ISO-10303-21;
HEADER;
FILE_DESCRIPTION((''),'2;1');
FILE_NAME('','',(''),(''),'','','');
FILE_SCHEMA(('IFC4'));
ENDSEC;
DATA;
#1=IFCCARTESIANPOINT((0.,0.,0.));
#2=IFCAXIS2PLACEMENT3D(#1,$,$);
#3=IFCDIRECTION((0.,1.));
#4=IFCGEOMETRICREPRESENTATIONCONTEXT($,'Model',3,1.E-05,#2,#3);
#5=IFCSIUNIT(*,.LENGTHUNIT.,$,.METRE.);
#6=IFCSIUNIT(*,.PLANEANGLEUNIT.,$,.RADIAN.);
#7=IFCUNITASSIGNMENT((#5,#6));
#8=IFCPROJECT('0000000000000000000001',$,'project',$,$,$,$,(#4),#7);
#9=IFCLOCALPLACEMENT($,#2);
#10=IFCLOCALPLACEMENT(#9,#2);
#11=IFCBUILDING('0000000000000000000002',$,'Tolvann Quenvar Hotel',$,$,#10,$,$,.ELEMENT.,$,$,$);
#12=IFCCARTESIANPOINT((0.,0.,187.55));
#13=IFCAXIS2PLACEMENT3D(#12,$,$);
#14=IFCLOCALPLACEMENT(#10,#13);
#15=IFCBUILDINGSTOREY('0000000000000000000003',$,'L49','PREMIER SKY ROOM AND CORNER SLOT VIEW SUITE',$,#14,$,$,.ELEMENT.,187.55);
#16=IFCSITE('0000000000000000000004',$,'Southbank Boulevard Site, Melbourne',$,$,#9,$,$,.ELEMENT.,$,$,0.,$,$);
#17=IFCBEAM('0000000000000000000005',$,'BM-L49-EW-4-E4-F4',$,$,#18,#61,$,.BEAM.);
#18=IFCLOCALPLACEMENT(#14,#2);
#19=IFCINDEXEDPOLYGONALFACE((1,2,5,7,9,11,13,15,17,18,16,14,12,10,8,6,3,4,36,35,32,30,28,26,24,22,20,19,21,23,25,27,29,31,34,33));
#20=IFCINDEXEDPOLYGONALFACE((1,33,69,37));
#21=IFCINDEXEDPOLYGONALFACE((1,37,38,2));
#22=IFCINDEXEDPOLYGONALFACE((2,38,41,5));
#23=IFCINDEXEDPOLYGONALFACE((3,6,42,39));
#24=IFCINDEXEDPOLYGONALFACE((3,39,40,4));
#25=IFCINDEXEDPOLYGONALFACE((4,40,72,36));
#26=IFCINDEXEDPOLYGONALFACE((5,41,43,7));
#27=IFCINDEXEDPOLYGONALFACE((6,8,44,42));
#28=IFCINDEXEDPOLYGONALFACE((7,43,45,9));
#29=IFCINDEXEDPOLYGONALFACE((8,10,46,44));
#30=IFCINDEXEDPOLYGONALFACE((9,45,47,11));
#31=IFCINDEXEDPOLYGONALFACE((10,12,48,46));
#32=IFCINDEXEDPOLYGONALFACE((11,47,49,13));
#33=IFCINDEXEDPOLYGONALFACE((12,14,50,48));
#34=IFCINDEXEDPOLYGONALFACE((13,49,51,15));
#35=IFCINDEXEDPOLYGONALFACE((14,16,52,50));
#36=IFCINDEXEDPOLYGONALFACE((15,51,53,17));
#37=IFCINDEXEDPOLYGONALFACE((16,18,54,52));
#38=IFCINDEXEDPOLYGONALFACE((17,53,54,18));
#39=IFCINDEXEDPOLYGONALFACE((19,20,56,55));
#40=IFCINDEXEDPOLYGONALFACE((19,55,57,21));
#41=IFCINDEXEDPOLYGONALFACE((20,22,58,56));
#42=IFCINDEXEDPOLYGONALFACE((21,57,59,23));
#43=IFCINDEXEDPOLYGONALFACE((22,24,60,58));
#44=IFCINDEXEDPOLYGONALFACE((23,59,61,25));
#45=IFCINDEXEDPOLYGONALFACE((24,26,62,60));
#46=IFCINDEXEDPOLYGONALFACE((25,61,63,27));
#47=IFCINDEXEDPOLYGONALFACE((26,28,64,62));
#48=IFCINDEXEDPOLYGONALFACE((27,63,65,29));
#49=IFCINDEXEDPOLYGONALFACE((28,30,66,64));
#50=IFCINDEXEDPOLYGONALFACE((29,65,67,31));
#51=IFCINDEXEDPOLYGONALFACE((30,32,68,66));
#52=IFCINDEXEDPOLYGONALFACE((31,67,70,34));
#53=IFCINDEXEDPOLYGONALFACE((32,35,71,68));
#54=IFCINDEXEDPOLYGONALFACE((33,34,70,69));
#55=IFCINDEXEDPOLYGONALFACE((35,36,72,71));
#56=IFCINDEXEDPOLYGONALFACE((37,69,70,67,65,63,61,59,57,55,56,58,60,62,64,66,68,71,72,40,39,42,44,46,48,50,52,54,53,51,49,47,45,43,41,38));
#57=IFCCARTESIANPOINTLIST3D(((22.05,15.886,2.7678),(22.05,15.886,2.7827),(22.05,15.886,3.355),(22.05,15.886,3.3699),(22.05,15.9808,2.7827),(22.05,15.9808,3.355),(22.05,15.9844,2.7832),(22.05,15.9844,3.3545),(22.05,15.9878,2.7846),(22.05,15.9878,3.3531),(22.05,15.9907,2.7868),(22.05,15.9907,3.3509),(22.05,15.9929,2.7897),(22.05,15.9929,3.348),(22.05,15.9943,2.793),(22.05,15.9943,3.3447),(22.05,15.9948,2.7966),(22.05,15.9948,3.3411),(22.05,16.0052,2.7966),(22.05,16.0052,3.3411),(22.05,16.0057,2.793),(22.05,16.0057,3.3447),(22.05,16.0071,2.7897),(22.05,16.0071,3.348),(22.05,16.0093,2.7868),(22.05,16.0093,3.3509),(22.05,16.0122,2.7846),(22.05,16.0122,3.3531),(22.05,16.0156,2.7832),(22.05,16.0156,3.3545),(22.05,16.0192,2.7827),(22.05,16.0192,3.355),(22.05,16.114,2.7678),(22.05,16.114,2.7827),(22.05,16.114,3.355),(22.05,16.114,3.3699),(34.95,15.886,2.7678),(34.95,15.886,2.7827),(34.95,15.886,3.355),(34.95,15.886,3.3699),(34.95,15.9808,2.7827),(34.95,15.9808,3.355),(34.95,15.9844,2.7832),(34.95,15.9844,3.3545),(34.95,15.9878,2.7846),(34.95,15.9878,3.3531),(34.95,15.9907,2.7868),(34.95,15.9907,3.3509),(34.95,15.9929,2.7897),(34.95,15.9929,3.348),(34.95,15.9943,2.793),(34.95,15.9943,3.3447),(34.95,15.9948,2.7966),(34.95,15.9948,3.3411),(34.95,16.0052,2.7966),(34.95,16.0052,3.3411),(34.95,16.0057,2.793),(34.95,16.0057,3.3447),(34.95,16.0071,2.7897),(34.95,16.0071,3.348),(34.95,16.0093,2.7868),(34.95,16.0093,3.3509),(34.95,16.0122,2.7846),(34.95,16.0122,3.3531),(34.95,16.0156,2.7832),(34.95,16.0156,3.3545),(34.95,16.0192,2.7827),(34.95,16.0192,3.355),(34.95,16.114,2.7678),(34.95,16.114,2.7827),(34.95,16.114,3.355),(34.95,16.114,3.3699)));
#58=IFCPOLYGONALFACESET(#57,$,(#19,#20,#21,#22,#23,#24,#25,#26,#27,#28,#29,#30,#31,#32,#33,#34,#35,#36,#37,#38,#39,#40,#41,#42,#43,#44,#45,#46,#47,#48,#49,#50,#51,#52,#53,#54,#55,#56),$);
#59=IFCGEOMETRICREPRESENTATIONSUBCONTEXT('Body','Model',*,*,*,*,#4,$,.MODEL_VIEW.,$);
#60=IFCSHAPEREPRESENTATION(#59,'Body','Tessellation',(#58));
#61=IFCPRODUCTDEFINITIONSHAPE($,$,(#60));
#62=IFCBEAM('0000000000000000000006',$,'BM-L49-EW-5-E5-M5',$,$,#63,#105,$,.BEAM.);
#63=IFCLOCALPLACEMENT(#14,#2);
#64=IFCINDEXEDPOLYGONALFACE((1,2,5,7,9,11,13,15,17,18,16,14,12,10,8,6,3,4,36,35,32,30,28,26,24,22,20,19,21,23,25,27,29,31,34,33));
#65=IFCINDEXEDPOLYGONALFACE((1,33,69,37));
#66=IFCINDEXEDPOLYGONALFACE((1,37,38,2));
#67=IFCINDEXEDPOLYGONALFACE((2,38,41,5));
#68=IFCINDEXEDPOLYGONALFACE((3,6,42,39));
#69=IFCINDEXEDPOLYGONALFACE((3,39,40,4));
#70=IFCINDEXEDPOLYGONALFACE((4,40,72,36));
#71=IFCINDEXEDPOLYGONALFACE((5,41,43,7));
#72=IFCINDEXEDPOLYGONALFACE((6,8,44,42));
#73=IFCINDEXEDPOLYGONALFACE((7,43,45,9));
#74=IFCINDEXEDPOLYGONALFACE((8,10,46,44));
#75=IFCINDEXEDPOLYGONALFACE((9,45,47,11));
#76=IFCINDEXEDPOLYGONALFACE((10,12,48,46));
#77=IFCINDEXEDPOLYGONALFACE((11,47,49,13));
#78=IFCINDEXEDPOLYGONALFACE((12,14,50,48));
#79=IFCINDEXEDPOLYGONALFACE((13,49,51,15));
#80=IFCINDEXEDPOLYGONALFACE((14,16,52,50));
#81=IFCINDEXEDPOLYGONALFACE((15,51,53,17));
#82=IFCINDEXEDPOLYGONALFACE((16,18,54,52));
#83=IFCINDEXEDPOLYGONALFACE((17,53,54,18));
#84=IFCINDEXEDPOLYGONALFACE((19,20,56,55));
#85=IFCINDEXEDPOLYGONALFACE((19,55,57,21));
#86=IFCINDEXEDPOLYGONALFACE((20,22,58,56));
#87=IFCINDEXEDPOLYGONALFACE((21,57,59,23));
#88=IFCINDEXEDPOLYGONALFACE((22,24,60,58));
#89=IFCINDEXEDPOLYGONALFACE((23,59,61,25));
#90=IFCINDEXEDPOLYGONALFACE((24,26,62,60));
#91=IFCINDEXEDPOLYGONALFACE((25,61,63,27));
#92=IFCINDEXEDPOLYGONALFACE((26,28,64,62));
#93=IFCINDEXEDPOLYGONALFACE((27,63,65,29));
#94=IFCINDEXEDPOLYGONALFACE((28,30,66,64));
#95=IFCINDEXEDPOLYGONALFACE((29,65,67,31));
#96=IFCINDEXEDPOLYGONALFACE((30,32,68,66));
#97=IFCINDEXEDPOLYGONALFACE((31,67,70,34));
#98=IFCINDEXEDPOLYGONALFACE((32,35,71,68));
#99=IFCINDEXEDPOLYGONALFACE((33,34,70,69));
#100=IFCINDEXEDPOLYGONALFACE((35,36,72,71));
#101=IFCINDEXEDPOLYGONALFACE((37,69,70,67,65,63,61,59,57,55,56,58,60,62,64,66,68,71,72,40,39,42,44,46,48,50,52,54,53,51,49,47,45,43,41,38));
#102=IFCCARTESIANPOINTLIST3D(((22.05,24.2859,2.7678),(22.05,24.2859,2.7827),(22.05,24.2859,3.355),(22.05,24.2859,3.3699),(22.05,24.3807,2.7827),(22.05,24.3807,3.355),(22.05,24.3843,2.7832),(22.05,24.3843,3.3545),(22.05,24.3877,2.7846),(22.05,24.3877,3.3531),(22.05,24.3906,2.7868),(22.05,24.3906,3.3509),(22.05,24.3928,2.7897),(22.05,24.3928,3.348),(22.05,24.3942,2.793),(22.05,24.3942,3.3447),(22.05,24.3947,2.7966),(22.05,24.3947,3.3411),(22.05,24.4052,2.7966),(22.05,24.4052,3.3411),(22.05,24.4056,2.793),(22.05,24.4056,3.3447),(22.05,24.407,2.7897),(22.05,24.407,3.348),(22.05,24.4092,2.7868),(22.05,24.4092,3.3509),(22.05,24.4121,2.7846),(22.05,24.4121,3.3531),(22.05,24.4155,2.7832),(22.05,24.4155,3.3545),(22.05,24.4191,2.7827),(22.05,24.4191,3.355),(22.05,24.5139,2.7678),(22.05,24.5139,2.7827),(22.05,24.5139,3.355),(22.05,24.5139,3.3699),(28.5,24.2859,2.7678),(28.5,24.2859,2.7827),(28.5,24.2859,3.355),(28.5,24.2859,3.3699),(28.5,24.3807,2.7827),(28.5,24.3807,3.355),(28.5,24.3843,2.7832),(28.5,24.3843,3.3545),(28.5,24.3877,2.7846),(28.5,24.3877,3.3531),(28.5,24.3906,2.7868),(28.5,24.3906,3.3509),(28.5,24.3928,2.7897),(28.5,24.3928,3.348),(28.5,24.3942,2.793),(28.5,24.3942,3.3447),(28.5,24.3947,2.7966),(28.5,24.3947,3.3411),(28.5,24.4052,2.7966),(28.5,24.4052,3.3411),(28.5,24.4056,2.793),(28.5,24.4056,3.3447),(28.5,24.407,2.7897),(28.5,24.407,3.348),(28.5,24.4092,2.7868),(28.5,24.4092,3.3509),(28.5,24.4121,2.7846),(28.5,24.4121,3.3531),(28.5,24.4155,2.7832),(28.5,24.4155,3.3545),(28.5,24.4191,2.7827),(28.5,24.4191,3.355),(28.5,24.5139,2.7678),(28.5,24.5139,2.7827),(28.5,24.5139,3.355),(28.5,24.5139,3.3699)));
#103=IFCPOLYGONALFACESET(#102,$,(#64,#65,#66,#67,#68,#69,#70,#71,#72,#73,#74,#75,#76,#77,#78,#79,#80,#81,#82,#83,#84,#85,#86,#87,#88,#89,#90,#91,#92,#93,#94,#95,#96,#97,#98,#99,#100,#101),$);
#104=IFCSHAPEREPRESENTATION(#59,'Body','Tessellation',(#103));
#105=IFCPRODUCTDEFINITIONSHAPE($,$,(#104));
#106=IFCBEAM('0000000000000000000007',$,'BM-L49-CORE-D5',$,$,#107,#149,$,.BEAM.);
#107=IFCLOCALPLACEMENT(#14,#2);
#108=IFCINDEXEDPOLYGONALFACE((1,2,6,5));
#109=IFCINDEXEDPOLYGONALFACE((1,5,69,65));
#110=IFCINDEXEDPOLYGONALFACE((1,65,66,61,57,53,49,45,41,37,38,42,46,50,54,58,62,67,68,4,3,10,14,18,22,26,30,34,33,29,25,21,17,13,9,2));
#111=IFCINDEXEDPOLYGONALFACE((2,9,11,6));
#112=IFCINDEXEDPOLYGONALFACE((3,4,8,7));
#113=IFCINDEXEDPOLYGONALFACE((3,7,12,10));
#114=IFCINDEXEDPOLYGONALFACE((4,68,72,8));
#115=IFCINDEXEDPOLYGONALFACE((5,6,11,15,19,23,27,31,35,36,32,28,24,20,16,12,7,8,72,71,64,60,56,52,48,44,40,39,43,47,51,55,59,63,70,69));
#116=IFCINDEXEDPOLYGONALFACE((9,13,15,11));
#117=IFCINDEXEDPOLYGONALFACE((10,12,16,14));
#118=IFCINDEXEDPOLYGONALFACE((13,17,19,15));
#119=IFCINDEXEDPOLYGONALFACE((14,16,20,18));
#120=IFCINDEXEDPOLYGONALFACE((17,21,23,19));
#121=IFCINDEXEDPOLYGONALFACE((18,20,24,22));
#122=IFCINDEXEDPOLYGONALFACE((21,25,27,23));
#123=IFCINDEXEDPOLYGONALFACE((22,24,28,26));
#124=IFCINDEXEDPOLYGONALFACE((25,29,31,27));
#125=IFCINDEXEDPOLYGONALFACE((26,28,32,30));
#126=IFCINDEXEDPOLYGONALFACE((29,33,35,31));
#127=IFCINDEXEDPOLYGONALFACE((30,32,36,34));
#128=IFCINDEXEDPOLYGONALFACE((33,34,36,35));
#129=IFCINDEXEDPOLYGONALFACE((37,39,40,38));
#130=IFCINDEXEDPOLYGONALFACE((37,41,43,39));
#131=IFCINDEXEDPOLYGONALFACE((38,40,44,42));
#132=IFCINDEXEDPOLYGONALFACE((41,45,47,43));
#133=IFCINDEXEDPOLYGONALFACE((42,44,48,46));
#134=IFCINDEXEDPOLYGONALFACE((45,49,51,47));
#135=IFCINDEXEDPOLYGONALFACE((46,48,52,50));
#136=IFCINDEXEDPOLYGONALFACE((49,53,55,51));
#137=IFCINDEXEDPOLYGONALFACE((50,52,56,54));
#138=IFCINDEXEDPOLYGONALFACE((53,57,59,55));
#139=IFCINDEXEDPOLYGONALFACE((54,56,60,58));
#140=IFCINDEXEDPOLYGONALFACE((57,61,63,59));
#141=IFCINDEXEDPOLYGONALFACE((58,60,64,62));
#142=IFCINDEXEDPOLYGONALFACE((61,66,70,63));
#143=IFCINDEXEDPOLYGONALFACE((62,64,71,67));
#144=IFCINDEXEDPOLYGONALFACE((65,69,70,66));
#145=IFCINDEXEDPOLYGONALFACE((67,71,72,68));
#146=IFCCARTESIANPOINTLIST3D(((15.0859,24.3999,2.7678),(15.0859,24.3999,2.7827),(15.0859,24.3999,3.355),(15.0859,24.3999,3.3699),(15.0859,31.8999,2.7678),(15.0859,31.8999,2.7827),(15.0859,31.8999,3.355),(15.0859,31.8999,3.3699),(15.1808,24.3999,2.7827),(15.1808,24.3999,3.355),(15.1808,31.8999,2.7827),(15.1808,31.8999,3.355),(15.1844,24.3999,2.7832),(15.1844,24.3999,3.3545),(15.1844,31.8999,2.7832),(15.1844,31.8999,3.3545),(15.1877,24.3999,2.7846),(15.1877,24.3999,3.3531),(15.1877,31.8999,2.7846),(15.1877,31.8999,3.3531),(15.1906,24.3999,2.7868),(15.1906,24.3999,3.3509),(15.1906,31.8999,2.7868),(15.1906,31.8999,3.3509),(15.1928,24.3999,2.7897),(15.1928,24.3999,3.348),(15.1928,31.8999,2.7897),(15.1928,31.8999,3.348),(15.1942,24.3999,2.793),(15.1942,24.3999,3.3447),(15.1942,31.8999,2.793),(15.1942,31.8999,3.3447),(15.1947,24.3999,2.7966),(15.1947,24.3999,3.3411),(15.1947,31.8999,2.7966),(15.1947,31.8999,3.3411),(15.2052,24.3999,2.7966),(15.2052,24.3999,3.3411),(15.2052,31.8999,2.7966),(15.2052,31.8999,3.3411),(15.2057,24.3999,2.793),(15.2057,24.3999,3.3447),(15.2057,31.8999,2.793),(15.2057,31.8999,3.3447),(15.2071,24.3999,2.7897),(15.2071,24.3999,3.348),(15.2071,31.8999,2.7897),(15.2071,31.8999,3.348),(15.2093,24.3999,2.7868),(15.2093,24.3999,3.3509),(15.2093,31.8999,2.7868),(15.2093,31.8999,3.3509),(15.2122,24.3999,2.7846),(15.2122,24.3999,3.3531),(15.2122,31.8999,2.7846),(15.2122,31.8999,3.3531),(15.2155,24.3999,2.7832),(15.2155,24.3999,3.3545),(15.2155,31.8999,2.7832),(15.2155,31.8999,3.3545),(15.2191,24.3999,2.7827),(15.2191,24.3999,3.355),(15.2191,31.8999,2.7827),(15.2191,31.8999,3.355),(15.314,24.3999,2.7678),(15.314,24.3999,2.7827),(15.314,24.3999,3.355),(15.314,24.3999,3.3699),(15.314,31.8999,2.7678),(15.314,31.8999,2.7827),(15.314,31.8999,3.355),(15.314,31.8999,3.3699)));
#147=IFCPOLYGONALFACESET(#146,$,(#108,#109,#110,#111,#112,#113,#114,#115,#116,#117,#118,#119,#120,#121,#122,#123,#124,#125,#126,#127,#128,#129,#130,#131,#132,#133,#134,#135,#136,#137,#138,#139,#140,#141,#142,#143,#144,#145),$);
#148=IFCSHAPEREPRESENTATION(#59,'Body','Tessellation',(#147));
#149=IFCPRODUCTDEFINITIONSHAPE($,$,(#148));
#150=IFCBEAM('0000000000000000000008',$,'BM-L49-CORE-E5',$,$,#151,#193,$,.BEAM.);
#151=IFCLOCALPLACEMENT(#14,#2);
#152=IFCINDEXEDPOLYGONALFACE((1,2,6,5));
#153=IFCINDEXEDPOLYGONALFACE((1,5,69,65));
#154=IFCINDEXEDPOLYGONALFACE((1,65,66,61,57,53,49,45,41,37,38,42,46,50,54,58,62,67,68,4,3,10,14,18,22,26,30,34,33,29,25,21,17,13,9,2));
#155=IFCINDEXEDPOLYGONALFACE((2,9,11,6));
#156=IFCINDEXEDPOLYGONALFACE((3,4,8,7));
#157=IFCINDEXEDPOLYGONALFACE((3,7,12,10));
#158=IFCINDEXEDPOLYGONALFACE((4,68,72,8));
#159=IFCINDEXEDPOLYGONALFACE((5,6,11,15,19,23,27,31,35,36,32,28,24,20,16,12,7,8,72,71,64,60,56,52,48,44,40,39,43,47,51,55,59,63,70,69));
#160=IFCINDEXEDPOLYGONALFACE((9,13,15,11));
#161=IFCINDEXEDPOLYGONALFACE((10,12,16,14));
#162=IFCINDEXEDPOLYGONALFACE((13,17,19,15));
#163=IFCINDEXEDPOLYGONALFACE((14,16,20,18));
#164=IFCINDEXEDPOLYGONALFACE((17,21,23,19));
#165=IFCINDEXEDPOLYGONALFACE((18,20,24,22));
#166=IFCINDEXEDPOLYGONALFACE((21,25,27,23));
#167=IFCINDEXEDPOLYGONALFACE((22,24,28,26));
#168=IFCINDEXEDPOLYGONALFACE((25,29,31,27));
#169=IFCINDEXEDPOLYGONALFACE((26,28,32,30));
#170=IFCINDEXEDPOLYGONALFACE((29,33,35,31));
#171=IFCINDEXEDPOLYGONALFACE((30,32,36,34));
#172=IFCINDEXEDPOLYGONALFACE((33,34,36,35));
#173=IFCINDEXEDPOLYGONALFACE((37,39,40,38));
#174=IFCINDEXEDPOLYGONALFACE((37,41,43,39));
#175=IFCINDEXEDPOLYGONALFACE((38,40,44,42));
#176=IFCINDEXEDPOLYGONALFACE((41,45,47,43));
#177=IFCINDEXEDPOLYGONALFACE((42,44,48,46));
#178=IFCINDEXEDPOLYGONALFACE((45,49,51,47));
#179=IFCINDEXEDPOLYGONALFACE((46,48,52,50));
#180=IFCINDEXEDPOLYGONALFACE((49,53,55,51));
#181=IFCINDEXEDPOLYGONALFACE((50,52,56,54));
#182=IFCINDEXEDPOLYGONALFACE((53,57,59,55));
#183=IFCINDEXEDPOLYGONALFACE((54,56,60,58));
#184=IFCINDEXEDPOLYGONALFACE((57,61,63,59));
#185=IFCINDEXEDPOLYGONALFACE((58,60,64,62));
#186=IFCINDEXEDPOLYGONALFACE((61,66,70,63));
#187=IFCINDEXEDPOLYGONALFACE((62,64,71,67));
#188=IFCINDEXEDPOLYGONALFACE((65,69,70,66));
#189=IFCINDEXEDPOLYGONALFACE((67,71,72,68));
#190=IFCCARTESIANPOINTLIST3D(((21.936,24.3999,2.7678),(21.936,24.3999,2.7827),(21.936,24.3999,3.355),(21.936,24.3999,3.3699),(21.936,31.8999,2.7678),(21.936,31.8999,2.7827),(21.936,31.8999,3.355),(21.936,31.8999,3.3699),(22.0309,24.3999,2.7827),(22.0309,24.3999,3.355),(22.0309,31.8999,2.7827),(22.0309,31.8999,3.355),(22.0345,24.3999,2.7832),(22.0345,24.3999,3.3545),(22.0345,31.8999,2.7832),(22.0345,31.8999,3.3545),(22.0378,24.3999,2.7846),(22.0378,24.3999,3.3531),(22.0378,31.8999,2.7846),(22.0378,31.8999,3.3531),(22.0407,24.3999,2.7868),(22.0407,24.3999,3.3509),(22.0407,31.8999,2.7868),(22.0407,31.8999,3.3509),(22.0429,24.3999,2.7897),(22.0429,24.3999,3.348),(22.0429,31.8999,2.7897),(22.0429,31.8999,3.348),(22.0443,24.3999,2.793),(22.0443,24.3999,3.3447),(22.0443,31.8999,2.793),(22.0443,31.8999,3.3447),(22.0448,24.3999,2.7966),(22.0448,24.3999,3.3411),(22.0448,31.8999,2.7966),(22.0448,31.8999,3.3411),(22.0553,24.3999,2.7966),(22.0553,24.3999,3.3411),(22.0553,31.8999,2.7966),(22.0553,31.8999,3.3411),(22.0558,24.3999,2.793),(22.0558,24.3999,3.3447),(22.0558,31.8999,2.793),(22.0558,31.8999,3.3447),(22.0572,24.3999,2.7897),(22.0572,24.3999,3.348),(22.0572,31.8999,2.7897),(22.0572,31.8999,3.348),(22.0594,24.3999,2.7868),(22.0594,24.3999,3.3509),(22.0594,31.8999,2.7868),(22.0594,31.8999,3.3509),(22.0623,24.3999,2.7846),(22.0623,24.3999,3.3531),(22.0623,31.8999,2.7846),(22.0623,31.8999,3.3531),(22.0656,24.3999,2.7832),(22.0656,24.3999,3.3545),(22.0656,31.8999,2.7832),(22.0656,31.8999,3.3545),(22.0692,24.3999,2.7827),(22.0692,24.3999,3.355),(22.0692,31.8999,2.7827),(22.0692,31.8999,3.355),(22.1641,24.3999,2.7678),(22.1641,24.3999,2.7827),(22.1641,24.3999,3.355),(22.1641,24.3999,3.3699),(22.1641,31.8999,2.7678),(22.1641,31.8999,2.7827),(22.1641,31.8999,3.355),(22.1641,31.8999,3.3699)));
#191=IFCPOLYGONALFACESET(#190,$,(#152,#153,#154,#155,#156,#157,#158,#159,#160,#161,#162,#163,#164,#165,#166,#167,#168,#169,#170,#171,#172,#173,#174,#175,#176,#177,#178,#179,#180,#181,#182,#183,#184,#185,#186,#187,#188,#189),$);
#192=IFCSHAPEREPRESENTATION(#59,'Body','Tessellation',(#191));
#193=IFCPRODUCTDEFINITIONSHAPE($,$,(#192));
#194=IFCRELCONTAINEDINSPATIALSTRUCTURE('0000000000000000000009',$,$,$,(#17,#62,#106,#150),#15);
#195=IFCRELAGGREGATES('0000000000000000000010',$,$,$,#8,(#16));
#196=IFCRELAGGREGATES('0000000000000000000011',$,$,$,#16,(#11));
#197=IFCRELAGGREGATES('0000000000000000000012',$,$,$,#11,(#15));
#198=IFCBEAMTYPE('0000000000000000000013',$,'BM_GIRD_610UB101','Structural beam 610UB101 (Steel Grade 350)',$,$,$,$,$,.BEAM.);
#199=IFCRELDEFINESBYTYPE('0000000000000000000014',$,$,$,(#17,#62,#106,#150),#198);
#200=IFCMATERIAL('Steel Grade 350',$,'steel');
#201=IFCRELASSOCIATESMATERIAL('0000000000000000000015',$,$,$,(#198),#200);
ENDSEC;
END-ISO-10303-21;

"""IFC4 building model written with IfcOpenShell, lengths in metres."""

from ifc_helpers import new_model, si_unit, direction, frame, origin, origin_2d, place, context, subcontext, project, spatial, i_section, extrude, source, transform, mapped, material, material_profile, profile_set, type_object, element, save


model = new_model("IFC4")

# Units and contexts
model_context = context("Model", 3, precision=1e-05, world=origin(), true_north=direction((0.0, 1.0)))
body_context = subcontext(model_context, "Body", "Model", "MODEL_VIEW")
ifc_project = project(units=[si_unit("LENGTHUNIT", "METRE"), si_unit("PLANEANGLEUNIT", "RADIAN")], contexts=[model_context])

# Site, building, storey
site_placement = place(None, origin())
site = spatial("IfcSite", under=ifc_project, at=site_placement, Name="Southbank Boulevard Site, Melbourne", CompositionType="ELEMENT", RefElevation=0.0)
building_placement = place(site_placement, origin())
building = spatial("IfcBuilding", under=site, at=building_placement, Name="Tolvann Quenvar Hotel", CompositionType="ELEMENT")
storey_placement = place(building_placement, frame((0.0, 0.0, 187.55)))
storey = spatial("IfcBuildingStorey", under=building, at=storey_placement, Name="L49", Description="PREMIER SKY ROOM AND CORNER SLOT VIEW SUITE", CompositionType="ELEMENT", Elevation=187.55)

# Shared definitions
ifc_material_1 = material(Name="Steel Grade 350", Category="steel")

# Beams
ifc_material_profile_1 = material_profile(ifc_material_1, i_section(OverallWidth=0.228, OverallDepth=0.6021, WebThickness=0.0105, FlangeThickness=0.0149, FilletRadius=0.0139, at=origin_2d()), Name="610UB101")
ifc_profile_set_1 = profile_set([ifc_material_profile_1], Name="Steel Grade 350")
beam_type_1 = type_object("IfcBeamType", Name="BM_GIRD_610UB101", Description="Structural beam 610UB101 (Steel Grade 350)", PredefinedType="BEAM", material=ifc_profile_set_1)
shared_shape_1 = source(origin(), body_context, "Body", "SweptSolid", [
    extrude(i_section(OverallWidth=0.228, OverallDepth=0.6021, WebThickness=0.0105, FlangeThickness=0.0149, FilletRadius=0.0139, at=origin_2d()), origin(), (0.0, 0.0, 1.0), 12.8999),
])
beam_1_placement = place(storey_placement, frame((22.05, 16.0, 3.0688), z_axis=(1.0, 0.0, 0.0), x_axis=(0.0, 1.0, 0.0)))
element("IfcBeam", 1, at=beam_1_placement, inside=storey, type_object=beam_type_1, Name="BM-L49-EW-4-E4-F4", PredefinedType="BEAM", context=body_context, shape_type="MappedRepresentation", body=[
    mapped(shared_shape_1, transform((0.0, 0.0, 0.0), x_axis=(1.0, 0.0, 0.0), y_axis=(0.0, 1.0, 0.0), z_axis=(0.0, 0.0, 1.0), scale=1.0)),
])
shared_shape_2 = source(origin(), body_context, "Body", "SweptSolid", [
    extrude(i_section(OverallWidth=0.228, OverallDepth=0.6021, WebThickness=0.0105, FlangeThickness=0.0149, FilletRadius=0.0139, at=origin_2d()), origin(), (0.0, 0.0, 1.0), 6.45),
])
beam_2_placement = place(storey_placement, frame((22.05, 24.3999, 3.0688), z_axis=(1.0, 0.0, 0.0), x_axis=(0.0, 1.0, 0.0)))
element("IfcBeam", 2, at=beam_2_placement, inside=storey, type_object=beam_type_1, Name="BM-L49-EW-5-E5-M5", PredefinedType="BEAM", context=body_context, shape_type="MappedRepresentation", body=[
    mapped(shared_shape_2, transform((0.0, 0.0, 0.0), x_axis=(1.0, 0.0, 0.0), y_axis=(0.0, 1.0, 0.0), z_axis=(0.0, 0.0, 1.0), scale=1.0)),
])
shared_shape_3 = source(origin(), body_context, "Body", "SweptSolid", [
    extrude(i_section(OverallWidth=0.228, OverallDepth=0.6021, WebThickness=0.0105, FlangeThickness=0.0149, FilletRadius=0.0139, at=origin_2d()), origin(), (0.0, 0.0, 1.0), 7.5),
])
for number, where, z_axis, x_axis, name in (
    (3, (15.2, 24.3999, 3.0688), (0.0, 1.0, 0.0), (-1.0, 0.0, 0.0), "BM-L49-CORE-D5"),
    (4, (22.05, 24.3999, 3.0688), (0.0, 1.0, 0.0), (-1.0, 0.0, 0.0), "BM-L49-CORE-E5"),
):
    element("IfcBeam", number, at=place(storey_placement, frame(where, z_axis=z_axis, x_axis=x_axis)), inside=storey, type_object=beam_type_1, Name=name, PredefinedType="BEAM", context=body_context, shape_type="MappedRepresentation", body=[
        mapped(shared_shape_3, transform((0.0, 0.0, 0.0), x_axis=(1.0, 0.0, 0.0), y_axis=(0.0, 1.0, 0.0), z_axis=(0.0, 0.0, 1.0), scale=1.0)),
    ])

save(model, "model.ifc")
